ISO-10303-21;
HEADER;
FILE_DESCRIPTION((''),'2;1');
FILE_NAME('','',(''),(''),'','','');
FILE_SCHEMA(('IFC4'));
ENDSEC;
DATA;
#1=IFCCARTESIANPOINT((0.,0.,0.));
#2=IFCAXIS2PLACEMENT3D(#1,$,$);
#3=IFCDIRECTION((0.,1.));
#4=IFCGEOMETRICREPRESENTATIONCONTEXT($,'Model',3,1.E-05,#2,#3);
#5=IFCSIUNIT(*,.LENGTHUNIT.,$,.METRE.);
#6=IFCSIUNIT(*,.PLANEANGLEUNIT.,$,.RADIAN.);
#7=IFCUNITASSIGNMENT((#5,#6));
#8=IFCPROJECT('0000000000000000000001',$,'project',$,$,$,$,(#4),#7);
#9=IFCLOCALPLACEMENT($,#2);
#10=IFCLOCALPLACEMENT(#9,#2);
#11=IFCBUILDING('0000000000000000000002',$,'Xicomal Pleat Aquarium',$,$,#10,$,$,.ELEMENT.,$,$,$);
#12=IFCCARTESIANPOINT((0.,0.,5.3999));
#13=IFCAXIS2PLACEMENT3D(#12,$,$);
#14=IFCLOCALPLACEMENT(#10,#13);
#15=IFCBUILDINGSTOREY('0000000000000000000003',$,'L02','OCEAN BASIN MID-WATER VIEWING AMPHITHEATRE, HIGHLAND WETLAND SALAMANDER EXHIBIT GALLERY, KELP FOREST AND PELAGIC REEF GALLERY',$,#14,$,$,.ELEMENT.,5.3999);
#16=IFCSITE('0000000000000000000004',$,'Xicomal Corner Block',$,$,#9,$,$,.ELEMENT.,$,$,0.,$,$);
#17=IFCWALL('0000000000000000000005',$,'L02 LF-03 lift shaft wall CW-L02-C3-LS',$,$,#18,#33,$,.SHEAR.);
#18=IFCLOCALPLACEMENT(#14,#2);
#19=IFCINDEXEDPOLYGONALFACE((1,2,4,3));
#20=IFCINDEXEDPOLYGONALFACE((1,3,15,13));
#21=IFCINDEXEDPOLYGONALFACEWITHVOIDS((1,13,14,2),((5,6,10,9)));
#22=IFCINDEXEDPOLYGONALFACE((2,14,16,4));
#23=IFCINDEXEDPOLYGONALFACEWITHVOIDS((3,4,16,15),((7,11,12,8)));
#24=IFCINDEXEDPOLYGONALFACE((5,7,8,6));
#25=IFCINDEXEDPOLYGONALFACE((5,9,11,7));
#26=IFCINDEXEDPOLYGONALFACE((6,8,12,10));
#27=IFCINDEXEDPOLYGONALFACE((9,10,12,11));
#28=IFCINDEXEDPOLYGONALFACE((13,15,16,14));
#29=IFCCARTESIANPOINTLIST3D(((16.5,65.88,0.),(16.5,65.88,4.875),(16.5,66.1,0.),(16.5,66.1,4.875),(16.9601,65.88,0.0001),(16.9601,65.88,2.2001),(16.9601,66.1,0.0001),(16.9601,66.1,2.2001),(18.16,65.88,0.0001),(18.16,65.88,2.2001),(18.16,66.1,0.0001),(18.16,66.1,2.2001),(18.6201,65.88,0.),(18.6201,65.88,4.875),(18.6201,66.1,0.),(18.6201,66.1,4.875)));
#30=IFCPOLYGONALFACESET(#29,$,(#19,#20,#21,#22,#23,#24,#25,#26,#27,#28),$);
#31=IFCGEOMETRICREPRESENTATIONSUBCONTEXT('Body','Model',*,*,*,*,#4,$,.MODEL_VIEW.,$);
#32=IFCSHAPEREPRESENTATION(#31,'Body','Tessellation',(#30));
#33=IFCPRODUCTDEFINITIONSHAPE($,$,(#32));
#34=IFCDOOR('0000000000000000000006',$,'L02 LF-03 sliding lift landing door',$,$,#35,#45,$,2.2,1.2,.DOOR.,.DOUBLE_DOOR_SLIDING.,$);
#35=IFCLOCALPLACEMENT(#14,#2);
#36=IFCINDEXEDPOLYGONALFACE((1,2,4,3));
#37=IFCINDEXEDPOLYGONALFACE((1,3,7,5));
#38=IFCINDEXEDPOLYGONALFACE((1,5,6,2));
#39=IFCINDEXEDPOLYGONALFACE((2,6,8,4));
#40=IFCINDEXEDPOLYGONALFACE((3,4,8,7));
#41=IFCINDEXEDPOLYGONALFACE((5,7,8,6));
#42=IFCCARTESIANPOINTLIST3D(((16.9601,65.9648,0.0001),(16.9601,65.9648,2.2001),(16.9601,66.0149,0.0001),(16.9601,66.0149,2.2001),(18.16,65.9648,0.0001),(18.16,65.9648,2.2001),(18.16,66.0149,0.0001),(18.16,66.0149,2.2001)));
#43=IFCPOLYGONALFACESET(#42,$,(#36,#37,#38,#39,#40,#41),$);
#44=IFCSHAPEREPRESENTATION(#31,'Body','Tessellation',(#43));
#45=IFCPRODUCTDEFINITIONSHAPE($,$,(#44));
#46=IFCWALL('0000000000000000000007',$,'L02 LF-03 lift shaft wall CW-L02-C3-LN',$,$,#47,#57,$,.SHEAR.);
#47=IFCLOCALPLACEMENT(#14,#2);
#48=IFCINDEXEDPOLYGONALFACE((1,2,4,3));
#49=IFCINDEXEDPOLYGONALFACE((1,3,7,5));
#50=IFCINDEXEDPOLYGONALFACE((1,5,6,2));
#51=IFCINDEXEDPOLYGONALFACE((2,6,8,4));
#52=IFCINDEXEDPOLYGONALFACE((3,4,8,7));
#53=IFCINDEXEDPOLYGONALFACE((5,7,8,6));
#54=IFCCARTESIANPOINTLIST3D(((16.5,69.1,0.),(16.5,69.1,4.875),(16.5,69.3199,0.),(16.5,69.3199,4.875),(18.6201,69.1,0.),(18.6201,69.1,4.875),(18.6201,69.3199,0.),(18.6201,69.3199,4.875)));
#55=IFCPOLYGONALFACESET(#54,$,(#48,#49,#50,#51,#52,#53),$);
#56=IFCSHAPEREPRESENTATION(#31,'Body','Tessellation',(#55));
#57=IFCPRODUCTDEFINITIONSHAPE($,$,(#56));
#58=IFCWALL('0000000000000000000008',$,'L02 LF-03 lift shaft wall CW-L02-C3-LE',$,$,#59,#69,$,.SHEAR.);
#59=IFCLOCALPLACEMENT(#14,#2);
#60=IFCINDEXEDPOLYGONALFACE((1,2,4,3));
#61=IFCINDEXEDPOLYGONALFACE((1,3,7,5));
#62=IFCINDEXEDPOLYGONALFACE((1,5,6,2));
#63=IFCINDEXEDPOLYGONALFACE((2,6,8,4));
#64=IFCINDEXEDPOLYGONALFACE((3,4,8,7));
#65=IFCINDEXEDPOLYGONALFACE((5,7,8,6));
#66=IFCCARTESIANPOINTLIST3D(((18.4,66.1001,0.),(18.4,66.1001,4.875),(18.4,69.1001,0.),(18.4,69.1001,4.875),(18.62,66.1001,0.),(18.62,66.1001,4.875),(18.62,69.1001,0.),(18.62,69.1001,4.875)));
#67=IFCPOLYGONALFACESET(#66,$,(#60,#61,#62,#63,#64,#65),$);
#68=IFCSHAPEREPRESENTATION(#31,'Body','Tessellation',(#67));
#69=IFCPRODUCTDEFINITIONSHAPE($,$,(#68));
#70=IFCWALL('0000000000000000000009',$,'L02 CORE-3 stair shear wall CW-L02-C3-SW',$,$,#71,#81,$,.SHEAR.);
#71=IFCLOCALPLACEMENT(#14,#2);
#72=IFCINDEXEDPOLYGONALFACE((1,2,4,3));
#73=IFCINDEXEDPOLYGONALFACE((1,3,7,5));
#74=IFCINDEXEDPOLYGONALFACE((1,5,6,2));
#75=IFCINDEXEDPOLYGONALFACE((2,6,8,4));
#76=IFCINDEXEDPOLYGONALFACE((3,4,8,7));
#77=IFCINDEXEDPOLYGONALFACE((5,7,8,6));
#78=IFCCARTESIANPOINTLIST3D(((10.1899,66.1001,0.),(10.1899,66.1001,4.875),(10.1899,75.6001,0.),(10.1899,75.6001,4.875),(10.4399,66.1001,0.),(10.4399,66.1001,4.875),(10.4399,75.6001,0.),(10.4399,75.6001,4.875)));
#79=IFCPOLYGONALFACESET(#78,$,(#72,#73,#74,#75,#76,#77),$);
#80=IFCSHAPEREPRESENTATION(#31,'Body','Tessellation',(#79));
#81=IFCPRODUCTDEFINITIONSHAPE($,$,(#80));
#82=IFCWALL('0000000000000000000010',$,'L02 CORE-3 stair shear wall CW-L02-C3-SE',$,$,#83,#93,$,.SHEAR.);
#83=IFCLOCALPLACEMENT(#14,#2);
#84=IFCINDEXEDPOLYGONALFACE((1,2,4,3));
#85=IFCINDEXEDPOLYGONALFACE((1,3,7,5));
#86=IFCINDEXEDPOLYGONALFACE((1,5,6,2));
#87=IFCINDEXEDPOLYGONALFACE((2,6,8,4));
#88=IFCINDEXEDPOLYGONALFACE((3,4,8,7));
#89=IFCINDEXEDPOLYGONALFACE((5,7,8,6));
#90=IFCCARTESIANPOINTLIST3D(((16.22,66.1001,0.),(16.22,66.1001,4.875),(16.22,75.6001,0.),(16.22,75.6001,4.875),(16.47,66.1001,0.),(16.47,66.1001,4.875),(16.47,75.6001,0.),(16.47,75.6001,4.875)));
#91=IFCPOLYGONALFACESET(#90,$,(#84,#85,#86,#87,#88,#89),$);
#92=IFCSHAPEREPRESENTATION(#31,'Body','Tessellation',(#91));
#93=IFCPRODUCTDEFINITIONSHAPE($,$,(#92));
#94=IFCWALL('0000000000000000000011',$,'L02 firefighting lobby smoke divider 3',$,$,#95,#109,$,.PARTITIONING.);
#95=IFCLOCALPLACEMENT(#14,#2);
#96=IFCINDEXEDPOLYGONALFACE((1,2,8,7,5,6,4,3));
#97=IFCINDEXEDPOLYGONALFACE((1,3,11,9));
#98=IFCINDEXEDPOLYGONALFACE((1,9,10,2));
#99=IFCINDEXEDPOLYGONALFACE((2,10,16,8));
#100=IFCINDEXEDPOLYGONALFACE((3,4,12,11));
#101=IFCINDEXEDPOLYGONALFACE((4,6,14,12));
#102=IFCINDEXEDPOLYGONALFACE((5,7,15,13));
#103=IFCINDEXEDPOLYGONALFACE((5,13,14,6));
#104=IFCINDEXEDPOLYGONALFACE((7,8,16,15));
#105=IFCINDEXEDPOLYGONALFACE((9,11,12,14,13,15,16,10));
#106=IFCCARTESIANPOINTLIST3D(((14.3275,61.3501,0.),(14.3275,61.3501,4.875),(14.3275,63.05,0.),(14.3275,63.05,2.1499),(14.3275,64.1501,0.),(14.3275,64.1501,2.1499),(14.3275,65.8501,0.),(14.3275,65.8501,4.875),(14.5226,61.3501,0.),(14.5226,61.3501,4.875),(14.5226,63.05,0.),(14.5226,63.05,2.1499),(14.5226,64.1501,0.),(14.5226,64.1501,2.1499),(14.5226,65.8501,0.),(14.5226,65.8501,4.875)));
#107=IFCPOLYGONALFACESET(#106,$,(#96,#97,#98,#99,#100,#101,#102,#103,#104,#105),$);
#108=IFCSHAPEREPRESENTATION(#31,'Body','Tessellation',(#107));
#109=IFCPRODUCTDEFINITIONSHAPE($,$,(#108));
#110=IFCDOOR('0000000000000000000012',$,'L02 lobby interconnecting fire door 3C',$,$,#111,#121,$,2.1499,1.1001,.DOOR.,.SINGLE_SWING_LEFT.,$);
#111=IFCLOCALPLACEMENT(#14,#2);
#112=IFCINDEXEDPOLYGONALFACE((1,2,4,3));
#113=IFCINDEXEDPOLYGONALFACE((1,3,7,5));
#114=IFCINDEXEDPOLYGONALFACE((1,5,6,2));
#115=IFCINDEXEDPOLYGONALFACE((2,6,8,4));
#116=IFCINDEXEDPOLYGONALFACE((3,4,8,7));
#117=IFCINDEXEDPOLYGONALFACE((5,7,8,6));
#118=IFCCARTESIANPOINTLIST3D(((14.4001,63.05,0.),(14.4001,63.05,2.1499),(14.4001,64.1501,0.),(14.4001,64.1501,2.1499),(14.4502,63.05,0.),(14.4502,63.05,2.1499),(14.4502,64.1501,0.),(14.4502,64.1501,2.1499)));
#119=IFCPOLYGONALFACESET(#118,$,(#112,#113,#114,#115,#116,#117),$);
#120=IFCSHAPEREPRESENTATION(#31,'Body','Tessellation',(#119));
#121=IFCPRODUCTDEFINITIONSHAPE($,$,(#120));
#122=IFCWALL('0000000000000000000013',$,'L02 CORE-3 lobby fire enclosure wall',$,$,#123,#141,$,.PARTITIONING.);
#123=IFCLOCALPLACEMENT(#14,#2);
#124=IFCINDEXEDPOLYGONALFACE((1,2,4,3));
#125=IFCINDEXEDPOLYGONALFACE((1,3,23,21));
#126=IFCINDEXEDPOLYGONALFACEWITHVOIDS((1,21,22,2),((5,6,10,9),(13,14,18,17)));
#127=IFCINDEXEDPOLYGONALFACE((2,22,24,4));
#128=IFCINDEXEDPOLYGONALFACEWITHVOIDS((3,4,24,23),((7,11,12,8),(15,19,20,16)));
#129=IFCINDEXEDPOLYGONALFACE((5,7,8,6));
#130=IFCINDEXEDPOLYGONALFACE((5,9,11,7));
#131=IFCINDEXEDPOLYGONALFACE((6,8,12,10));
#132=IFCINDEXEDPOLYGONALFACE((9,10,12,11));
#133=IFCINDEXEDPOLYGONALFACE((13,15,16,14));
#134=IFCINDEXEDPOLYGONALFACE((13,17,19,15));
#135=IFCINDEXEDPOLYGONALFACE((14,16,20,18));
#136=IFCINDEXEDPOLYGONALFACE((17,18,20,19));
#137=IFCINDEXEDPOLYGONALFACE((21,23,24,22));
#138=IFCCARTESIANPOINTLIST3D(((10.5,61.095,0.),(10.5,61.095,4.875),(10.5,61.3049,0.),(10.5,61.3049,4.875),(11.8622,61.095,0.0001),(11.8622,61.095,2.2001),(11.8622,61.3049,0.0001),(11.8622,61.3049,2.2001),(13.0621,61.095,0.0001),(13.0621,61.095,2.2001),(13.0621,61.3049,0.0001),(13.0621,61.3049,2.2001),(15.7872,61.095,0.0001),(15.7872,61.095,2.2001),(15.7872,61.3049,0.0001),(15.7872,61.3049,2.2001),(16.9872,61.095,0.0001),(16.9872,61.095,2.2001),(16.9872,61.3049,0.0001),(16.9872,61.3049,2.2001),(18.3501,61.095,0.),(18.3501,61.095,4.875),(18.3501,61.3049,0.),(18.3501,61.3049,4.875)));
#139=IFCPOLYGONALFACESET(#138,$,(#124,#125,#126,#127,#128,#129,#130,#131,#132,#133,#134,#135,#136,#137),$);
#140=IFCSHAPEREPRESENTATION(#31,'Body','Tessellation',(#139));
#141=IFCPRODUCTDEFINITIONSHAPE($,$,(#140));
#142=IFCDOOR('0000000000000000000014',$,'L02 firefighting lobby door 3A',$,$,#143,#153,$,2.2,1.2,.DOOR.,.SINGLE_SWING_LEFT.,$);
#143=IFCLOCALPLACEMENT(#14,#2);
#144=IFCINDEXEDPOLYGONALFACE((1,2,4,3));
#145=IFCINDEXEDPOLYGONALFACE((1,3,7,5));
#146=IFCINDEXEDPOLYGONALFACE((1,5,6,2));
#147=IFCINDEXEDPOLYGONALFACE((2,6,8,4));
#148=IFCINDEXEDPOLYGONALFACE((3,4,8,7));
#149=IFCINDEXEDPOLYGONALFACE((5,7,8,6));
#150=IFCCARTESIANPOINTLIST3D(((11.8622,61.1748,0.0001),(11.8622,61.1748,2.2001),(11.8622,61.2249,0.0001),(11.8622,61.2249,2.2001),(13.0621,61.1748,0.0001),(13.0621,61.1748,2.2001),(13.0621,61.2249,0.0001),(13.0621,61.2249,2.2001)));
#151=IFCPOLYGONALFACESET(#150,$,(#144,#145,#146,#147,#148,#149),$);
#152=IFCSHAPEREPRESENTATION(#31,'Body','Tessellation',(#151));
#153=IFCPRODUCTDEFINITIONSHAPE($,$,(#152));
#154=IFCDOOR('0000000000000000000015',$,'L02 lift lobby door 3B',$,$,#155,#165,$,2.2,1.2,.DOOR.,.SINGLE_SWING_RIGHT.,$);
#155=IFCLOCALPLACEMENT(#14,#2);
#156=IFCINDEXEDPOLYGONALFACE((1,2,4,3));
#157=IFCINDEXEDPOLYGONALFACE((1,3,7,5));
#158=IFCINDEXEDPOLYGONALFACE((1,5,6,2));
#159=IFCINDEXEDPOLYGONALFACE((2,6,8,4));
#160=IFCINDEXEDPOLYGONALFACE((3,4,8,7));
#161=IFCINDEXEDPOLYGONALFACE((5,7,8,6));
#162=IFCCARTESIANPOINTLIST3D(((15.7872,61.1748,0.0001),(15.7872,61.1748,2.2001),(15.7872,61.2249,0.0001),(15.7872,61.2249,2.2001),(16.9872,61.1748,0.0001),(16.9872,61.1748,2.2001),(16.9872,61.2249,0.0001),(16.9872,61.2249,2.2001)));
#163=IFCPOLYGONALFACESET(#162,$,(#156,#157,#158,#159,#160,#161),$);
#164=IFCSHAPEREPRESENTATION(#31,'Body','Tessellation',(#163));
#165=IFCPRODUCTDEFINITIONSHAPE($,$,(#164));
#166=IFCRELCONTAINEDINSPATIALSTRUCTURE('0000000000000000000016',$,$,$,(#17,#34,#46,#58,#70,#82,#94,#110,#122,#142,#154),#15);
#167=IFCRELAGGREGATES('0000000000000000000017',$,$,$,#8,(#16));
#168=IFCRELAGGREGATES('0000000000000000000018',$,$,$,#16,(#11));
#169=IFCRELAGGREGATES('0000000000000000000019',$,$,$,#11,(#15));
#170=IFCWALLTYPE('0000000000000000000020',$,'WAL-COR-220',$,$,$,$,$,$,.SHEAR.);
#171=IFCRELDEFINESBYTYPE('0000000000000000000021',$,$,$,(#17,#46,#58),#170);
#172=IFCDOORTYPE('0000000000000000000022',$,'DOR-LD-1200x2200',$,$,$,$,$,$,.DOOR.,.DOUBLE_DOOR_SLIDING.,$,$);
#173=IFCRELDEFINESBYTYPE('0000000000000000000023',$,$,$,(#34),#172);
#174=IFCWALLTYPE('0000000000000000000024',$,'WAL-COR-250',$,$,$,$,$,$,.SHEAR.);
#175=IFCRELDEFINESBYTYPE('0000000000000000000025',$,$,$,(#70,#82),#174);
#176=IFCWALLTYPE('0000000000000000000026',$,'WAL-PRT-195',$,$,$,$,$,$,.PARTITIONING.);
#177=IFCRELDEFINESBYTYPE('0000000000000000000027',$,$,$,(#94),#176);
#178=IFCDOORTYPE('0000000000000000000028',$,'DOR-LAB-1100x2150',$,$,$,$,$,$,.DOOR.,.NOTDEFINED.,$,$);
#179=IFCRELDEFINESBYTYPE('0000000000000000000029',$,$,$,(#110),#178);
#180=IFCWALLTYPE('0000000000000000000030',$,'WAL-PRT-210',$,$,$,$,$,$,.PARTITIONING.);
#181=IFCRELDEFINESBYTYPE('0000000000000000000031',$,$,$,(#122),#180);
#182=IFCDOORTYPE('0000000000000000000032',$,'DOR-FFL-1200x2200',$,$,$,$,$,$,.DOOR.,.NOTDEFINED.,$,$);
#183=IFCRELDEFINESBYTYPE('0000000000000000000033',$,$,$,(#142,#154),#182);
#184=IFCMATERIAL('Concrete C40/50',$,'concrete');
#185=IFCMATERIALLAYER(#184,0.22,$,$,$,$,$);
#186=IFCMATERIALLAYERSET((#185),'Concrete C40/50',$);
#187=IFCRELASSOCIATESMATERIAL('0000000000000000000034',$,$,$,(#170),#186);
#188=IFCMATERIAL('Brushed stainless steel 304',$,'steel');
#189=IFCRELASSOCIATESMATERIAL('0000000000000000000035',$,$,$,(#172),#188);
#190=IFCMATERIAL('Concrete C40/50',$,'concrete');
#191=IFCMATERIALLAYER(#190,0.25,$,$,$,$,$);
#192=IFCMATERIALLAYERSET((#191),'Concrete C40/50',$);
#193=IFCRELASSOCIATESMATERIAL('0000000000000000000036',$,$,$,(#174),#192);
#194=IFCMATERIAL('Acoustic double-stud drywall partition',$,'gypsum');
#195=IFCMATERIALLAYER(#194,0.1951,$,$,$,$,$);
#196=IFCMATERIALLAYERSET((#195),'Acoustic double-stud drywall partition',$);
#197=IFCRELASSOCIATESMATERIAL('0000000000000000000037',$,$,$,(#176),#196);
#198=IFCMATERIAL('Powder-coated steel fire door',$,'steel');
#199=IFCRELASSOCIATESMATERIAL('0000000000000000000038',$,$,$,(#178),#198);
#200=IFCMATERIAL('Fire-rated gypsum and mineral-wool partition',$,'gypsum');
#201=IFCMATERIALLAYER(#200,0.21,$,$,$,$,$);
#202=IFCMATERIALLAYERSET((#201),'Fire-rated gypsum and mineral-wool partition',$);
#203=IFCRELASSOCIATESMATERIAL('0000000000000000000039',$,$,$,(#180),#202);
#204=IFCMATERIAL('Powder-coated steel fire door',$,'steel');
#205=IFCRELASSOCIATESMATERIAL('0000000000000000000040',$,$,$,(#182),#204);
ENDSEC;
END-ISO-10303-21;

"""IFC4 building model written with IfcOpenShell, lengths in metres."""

from ifc_helpers import new_model, si_unit, direction, frame, frame_2d, origin, place, context, subcontext, project, spatial, rectangle, extrude, material, layer, layer_set, type_object, element, fill, save


model = new_model("IFC4")

# Units and contexts
model_context = context("Model", 3, precision=1e-05, world=origin(), true_north=direction((0.0, 1.0)))
body_context = subcontext(model_context, "Body", "Model", "MODEL_VIEW")
ifc_project = project(units=[si_unit("LENGTHUNIT", "METRE"), si_unit("PLANEANGLEUNIT", "RADIAN")], contexts=[model_context])

# Site, building, storey
site_placement = place(None, origin())
site = spatial("IfcSite", under=ifc_project, at=site_placement, Name="Xicomal Corner Block", CompositionType="ELEMENT", RefElevation=0.0)
building_placement = place(site_placement, origin())
building = spatial("IfcBuilding", under=site, at=building_placement, Name="Xicomal Pleat Aquarium", CompositionType="ELEMENT")
storey_placement = place(building_placement, frame((0.0, 0.0, 5.3999)))
storey = spatial("IfcBuildingStorey", under=building, at=storey_placement, Name="L02", Description="OCEAN BASIN MID-WATER VIEWING AMPHITHEATRE, HIGHLAND WETLAND SALAMANDER EXHIBIT GALLERY, KELP FOREST AND PELAGIC REEF GALLERY", CompositionType="ELEMENT", Elevation=5.3999)

# Wall, opening, door
ifc_material_1 = material(Name="Concrete C40/50", Category="concrete")
ifc_layer_1 = layer(ifc_material_1, 0.22)
ifc_layer_set_1 = layer_set([ifc_layer_1], Name="Concrete C40/50")
wall_type_1 = type_object("IfcWallType", Name="WAL-COR-220", PredefinedType="SHEAR", material=ifc_layer_set_1)
wall_1_placement = place(storey_placement, frame((16.5, 65.99, 0.0), z_axis=(0.0, 0.0, 1.0), x_axis=(1.0, 0.0, 0.0)))
wall_1 = element("IfcWall", 1, at=wall_1_placement, inside=storey, type_object=wall_type_1, Name="L02 LF-03 lift shaft wall CW-L02-C3-LS", PredefinedType="SHEAR", context=body_context, shape_type="SweptSolid", body=[
    extrude(rectangle(XDim=2.1201, YDim=0.22, at=frame_2d((1.0601, 0.0))), origin(), (0.0, 0.0, 1.0), 4.875),
])
opening_1_placement = place(wall_1_placement, frame((0.46, 0.0, 0.0)))
opening_1 = element("IfcOpeningElement", 2, at=opening_1_placement, cuts=wall_1, PredefinedType="OPENING", context=body_context, shape_type="SweptSolid", body=[
    extrude(rectangle(XDim=1.2, YDim=2.2, at=frame_2d((0.6001, 1.1001))), frame((0.0, 0.1199, 0.0), z_axis=(0.0, -1.0, 0.0), x_axis=(1.0, 0.0, 0.0)), (0.0, 0.0, 1.0), 0.24),
])
ifc_material_2 = material(Name="Brushed stainless steel 304", Category="steel")
door_type_1 = type_object("IfcDoorType", Name="DOR-LD-1200x2200", OperationType="DOUBLE_DOOR_SLIDING", PredefinedType="DOOR", material=ifc_material_2)
door_1_placement = place(opening_1_placement, origin())
door_1 = element("IfcDoor", 3, at=door_1_placement, inside=storey, type_object=door_type_1, Name="L02 LF-03 sliding lift landing door", OperationType="DOUBLE_DOOR_SLIDING", OverallHeight=2.2, OverallWidth=1.2, PredefinedType="DOOR", context=body_context, shape_type="SweptSolid", body=[
    extrude(rectangle(XDim=1.2, YDim=2.2, at=frame_2d((0.6001, 1.1001))), frame((0.0, 0.0249, 0.0), z_axis=(0.0, -1.0, 0.0), x_axis=(1.0, 0.0, 0.0)), (0.0, 0.0, 1.0), 0.05),
])
fill(opening_1, door_1)

# Walls
wall_2_placement = place(storey_placement, frame((16.5, 69.21, 0.0), z_axis=(0.0, 0.0, 1.0), x_axis=(1.0, 0.0, 0.0)))
element("IfcWall", 4, at=wall_2_placement, inside=storey, type_object=wall_type_1, Name="L02 LF-03 lift shaft wall CW-L02-C3-LN", PredefinedType="SHEAR", context=body_context, shape_type="SweptSolid", body=[
    extrude(rectangle(XDim=2.1201, YDim=0.22, at=frame_2d((1.0601, 0.0))), origin(), (0.0, 0.0, 1.0), 4.875),
])
wall_3_placement = place(storey_placement, frame((18.51, 66.1001, 0.0), z_axis=(0.0, 0.0, 1.0), x_axis=(0.0, 1.0, 0.0)))
element("IfcWall", 5, at=wall_3_placement, inside=storey, type_object=wall_type_1, Name="L02 LF-03 lift shaft wall CW-L02-C3-LE", PredefinedType="SHEAR", context=body_context, shape_type="SweptSolid", body=[
    extrude(rectangle(XDim=3.0, YDim=0.22, at=frame_2d((1.5, 0.0))), origin(), (0.0, 0.0, 1.0), 4.875),
])
ifc_material_3 = material(Name="Concrete C40/50", Category="concrete")
ifc_layer_2 = layer(ifc_material_3, 0.25)
ifc_layer_set_2 = layer_set([ifc_layer_2], Name="Concrete C40/50")
wall_type_2 = type_object("IfcWallType", Name="WAL-COR-250", PredefinedType="SHEAR", material=ifc_layer_set_2)
for number, where, z_axis, x_axis, name in (
    (6, (10.3149, 66.1001, 0.0), (0.0, 0.0, 1.0), (0.0, 1.0, 0.0), "L02 CORE-3 stair shear wall CW-L02-C3-SW"),
    (7, (16.345, 66.1001, 0.0), (0.0, 0.0, 1.0), (0.0, 1.0, 0.0), "L02 CORE-3 stair shear wall CW-L02-C3-SE"),
):
    element("IfcWall", number, at=place(storey_placement, frame(where, z_axis=z_axis, x_axis=x_axis)), inside=storey, type_object=wall_type_2, Name=name, PredefinedType="SHEAR", context=body_context, shape_type="SweptSolid", body=[
        extrude(rectangle(XDim=9.5, YDim=0.25, at=frame_2d((4.75, 0.0))), origin(), (0.0, 0.0, 1.0), 4.875),
    ])

# Wall, opening, door
ifc_material_4 = material(Name="Acoustic double-stud drywall partition", Category="gypsum")
ifc_layer_3 = layer(ifc_material_4, 0.1951)
ifc_layer_set_3 = layer_set([ifc_layer_3], Name="Acoustic double-stud drywall partition")
wall_type_3 = type_object("IfcWallType", Name="WAL-PRT-195", PredefinedType="PARTITIONING", material=ifc_layer_set_3)
wall_4_placement = place(storey_placement, frame((14.425, 61.3501, 0.0), z_axis=(0.0, 0.0, 1.0), x_axis=(0.0, 1.0, 0.0)))
wall_4 = element("IfcWall", 8, at=wall_4_placement, inside=storey, type_object=wall_type_3, Name="L02 firefighting lobby smoke divider 3", PredefinedType="PARTITIONING", context=body_context, shape_type="SweptSolid", body=[
    extrude(rectangle(XDim=4.5, YDim=0.1951, at=frame_2d((2.25, 0.0))), origin(), (0.0, 0.0, 1.0), 4.875),
])
opening_2_placement = place(wall_4_placement, frame((1.7, 0.0, 0.0)))
opening_2 = element("IfcOpeningElement", 9, at=opening_2_placement, cuts=wall_4, PredefinedType="OPENING", context=body_context, shape_type="SweptSolid", body=[
    extrude(rectangle(XDim=1.1001, YDim=2.1499, at=frame_2d((0.55, 1.075))), frame((0.0, 0.1074, 0.0), z_axis=(0.0, -1.0, 0.0), x_axis=(1.0, 0.0, 0.0)), (0.0, 0.0, 1.0), 0.2151),
])
ifc_material_5 = material(Name="Powder-coated steel fire door", Category="steel")
door_type_2 = type_object("IfcDoorType", Name="DOR-LAB-1100x2150", OperationType="NOTDEFINED", PredefinedType="DOOR", material=ifc_material_5)
door_2_placement = place(opening_2_placement, origin())
door_2 = element("IfcDoor", 10, at=door_2_placement, inside=storey, type_object=door_type_2, Name="L02 lobby interconnecting fire door 3C", OperationType="SINGLE_SWING_LEFT", OverallHeight=2.1499, OverallWidth=1.1001, PredefinedType="DOOR", context=body_context, shape_type="SweptSolid", body=[
    extrude(rectangle(XDim=1.1001, YDim=2.1499, at=frame_2d((0.55, 1.075))), frame((0.0, 0.0249, 0.0), z_axis=(0.0, -1.0, 0.0), x_axis=(1.0, 0.0, 0.0)), (0.0, 0.0, 1.0), 0.05),
])
fill(opening_2, door_2)

# Wall, openings, doors
ifc_material_6 = material(Name="Fire-rated gypsum and mineral-wool partition", Category="gypsum")
ifc_layer_4 = layer(ifc_material_6, 0.21)
ifc_layer_set_4 = layer_set([ifc_layer_4], Name="Fire-rated gypsum and mineral-wool partition")
wall_type_4 = type_object("IfcWallType", Name="WAL-PRT-210", PredefinedType="PARTITIONING", material=ifc_layer_set_4)
wall_5_placement = place(storey_placement, frame((10.5, 61.2, 0.0), z_axis=(0.0, 0.0, 1.0), x_axis=(1.0, 0.0, 0.0)))
wall_5 = element("IfcWall", 11, at=wall_5_placement, inside=storey, type_object=wall_type_4, Name="L02 CORE-3 lobby fire enclosure wall", PredefinedType="PARTITIONING", context=body_context, shape_type="SweptSolid", body=[
    extrude(rectangle(XDim=7.8501, YDim=0.21, at=frame_2d((3.925, 0.0))), origin(), (0.0, 0.0, 1.0), 4.875),
])
opening_3_placement = place(wall_5_placement, frame((1.3621, 0.0, 0.0)))
opening_3 = element("IfcOpeningElement", 12, at=opening_3_placement, cuts=wall_5, PredefinedType="OPENING", context=body_context, shape_type="SweptSolid", body=[
    extrude(rectangle(XDim=1.2, YDim=2.2, at=frame_2d((0.6001, 1.1001))), frame((0.0, 0.115, 0.0), z_axis=(0.0, -1.0, 0.0), x_axis=(1.0, 0.0, 0.0)), (0.0, 0.0, 1.0), 0.23),
])
opening_4_placement = place(wall_5_placement, frame((5.2871, 0.0, 0.0)))
opening_4 = element("IfcOpeningElement", 13, at=opening_4_placement, cuts=wall_5, PredefinedType="OPENING", context=body_context, shape_type="SweptSolid", body=[
    extrude(rectangle(XDim=1.2, YDim=2.2, at=frame_2d((0.6001, 1.1001))), frame((0.0, 0.115, 0.0), z_axis=(0.0, -1.0, 0.0), x_axis=(1.0, 0.0, 0.0)), (0.0, 0.0, 1.0), 0.23),
])
ifc_material_7 = material(Name="Powder-coated steel fire door", Category="steel")
door_type_3 = type_object("IfcDoorType", Name="DOR-FFL-1200x2200", OperationType="NOTDEFINED", PredefinedType="DOOR", material=ifc_material_7)
door_3_placement = place(opening_3_placement, origin())
door_3 = element("IfcDoor", 14, at=door_3_placement, inside=storey, type_object=door_type_3, Name="L02 firefighting lobby door 3A", OperationType="SINGLE_SWING_LEFT", OverallHeight=2.2, OverallWidth=1.2, PredefinedType="DOOR", context=body_context, shape_type="SweptSolid", body=[
    extrude(rectangle(XDim=1.2, YDim=2.2, at=frame_2d((0.6001, 1.1001))), frame((0.0, 0.0249, 0.0), z_axis=(0.0, -1.0, 0.0), x_axis=(1.0, 0.0, 0.0)), (0.0, 0.0, 1.0), 0.05),
])
fill(opening_3, door_3)
door_4_placement = place(opening_4_placement, origin())
door_4 = element("IfcDoor", 15, at=door_4_placement, inside=storey, type_object=door_type_3, Name="L02 lift lobby door 3B", OperationType="SINGLE_SWING_RIGHT", OverallHeight=2.2, OverallWidth=1.2, PredefinedType="DOOR", context=body_context, shape_type="SweptSolid", body=[
    extrude(rectangle(XDim=1.2, YDim=2.2, at=frame_2d((0.6001, 1.1001))), frame((0.0, 0.0249, 0.0), z_axis=(0.0, -1.0, 0.0), x_axis=(1.0, 0.0, 0.0)), (0.0, 0.0, 1.0), 0.05),
])
fill(opening_4, door_4)

save(model, "model.ifc")
